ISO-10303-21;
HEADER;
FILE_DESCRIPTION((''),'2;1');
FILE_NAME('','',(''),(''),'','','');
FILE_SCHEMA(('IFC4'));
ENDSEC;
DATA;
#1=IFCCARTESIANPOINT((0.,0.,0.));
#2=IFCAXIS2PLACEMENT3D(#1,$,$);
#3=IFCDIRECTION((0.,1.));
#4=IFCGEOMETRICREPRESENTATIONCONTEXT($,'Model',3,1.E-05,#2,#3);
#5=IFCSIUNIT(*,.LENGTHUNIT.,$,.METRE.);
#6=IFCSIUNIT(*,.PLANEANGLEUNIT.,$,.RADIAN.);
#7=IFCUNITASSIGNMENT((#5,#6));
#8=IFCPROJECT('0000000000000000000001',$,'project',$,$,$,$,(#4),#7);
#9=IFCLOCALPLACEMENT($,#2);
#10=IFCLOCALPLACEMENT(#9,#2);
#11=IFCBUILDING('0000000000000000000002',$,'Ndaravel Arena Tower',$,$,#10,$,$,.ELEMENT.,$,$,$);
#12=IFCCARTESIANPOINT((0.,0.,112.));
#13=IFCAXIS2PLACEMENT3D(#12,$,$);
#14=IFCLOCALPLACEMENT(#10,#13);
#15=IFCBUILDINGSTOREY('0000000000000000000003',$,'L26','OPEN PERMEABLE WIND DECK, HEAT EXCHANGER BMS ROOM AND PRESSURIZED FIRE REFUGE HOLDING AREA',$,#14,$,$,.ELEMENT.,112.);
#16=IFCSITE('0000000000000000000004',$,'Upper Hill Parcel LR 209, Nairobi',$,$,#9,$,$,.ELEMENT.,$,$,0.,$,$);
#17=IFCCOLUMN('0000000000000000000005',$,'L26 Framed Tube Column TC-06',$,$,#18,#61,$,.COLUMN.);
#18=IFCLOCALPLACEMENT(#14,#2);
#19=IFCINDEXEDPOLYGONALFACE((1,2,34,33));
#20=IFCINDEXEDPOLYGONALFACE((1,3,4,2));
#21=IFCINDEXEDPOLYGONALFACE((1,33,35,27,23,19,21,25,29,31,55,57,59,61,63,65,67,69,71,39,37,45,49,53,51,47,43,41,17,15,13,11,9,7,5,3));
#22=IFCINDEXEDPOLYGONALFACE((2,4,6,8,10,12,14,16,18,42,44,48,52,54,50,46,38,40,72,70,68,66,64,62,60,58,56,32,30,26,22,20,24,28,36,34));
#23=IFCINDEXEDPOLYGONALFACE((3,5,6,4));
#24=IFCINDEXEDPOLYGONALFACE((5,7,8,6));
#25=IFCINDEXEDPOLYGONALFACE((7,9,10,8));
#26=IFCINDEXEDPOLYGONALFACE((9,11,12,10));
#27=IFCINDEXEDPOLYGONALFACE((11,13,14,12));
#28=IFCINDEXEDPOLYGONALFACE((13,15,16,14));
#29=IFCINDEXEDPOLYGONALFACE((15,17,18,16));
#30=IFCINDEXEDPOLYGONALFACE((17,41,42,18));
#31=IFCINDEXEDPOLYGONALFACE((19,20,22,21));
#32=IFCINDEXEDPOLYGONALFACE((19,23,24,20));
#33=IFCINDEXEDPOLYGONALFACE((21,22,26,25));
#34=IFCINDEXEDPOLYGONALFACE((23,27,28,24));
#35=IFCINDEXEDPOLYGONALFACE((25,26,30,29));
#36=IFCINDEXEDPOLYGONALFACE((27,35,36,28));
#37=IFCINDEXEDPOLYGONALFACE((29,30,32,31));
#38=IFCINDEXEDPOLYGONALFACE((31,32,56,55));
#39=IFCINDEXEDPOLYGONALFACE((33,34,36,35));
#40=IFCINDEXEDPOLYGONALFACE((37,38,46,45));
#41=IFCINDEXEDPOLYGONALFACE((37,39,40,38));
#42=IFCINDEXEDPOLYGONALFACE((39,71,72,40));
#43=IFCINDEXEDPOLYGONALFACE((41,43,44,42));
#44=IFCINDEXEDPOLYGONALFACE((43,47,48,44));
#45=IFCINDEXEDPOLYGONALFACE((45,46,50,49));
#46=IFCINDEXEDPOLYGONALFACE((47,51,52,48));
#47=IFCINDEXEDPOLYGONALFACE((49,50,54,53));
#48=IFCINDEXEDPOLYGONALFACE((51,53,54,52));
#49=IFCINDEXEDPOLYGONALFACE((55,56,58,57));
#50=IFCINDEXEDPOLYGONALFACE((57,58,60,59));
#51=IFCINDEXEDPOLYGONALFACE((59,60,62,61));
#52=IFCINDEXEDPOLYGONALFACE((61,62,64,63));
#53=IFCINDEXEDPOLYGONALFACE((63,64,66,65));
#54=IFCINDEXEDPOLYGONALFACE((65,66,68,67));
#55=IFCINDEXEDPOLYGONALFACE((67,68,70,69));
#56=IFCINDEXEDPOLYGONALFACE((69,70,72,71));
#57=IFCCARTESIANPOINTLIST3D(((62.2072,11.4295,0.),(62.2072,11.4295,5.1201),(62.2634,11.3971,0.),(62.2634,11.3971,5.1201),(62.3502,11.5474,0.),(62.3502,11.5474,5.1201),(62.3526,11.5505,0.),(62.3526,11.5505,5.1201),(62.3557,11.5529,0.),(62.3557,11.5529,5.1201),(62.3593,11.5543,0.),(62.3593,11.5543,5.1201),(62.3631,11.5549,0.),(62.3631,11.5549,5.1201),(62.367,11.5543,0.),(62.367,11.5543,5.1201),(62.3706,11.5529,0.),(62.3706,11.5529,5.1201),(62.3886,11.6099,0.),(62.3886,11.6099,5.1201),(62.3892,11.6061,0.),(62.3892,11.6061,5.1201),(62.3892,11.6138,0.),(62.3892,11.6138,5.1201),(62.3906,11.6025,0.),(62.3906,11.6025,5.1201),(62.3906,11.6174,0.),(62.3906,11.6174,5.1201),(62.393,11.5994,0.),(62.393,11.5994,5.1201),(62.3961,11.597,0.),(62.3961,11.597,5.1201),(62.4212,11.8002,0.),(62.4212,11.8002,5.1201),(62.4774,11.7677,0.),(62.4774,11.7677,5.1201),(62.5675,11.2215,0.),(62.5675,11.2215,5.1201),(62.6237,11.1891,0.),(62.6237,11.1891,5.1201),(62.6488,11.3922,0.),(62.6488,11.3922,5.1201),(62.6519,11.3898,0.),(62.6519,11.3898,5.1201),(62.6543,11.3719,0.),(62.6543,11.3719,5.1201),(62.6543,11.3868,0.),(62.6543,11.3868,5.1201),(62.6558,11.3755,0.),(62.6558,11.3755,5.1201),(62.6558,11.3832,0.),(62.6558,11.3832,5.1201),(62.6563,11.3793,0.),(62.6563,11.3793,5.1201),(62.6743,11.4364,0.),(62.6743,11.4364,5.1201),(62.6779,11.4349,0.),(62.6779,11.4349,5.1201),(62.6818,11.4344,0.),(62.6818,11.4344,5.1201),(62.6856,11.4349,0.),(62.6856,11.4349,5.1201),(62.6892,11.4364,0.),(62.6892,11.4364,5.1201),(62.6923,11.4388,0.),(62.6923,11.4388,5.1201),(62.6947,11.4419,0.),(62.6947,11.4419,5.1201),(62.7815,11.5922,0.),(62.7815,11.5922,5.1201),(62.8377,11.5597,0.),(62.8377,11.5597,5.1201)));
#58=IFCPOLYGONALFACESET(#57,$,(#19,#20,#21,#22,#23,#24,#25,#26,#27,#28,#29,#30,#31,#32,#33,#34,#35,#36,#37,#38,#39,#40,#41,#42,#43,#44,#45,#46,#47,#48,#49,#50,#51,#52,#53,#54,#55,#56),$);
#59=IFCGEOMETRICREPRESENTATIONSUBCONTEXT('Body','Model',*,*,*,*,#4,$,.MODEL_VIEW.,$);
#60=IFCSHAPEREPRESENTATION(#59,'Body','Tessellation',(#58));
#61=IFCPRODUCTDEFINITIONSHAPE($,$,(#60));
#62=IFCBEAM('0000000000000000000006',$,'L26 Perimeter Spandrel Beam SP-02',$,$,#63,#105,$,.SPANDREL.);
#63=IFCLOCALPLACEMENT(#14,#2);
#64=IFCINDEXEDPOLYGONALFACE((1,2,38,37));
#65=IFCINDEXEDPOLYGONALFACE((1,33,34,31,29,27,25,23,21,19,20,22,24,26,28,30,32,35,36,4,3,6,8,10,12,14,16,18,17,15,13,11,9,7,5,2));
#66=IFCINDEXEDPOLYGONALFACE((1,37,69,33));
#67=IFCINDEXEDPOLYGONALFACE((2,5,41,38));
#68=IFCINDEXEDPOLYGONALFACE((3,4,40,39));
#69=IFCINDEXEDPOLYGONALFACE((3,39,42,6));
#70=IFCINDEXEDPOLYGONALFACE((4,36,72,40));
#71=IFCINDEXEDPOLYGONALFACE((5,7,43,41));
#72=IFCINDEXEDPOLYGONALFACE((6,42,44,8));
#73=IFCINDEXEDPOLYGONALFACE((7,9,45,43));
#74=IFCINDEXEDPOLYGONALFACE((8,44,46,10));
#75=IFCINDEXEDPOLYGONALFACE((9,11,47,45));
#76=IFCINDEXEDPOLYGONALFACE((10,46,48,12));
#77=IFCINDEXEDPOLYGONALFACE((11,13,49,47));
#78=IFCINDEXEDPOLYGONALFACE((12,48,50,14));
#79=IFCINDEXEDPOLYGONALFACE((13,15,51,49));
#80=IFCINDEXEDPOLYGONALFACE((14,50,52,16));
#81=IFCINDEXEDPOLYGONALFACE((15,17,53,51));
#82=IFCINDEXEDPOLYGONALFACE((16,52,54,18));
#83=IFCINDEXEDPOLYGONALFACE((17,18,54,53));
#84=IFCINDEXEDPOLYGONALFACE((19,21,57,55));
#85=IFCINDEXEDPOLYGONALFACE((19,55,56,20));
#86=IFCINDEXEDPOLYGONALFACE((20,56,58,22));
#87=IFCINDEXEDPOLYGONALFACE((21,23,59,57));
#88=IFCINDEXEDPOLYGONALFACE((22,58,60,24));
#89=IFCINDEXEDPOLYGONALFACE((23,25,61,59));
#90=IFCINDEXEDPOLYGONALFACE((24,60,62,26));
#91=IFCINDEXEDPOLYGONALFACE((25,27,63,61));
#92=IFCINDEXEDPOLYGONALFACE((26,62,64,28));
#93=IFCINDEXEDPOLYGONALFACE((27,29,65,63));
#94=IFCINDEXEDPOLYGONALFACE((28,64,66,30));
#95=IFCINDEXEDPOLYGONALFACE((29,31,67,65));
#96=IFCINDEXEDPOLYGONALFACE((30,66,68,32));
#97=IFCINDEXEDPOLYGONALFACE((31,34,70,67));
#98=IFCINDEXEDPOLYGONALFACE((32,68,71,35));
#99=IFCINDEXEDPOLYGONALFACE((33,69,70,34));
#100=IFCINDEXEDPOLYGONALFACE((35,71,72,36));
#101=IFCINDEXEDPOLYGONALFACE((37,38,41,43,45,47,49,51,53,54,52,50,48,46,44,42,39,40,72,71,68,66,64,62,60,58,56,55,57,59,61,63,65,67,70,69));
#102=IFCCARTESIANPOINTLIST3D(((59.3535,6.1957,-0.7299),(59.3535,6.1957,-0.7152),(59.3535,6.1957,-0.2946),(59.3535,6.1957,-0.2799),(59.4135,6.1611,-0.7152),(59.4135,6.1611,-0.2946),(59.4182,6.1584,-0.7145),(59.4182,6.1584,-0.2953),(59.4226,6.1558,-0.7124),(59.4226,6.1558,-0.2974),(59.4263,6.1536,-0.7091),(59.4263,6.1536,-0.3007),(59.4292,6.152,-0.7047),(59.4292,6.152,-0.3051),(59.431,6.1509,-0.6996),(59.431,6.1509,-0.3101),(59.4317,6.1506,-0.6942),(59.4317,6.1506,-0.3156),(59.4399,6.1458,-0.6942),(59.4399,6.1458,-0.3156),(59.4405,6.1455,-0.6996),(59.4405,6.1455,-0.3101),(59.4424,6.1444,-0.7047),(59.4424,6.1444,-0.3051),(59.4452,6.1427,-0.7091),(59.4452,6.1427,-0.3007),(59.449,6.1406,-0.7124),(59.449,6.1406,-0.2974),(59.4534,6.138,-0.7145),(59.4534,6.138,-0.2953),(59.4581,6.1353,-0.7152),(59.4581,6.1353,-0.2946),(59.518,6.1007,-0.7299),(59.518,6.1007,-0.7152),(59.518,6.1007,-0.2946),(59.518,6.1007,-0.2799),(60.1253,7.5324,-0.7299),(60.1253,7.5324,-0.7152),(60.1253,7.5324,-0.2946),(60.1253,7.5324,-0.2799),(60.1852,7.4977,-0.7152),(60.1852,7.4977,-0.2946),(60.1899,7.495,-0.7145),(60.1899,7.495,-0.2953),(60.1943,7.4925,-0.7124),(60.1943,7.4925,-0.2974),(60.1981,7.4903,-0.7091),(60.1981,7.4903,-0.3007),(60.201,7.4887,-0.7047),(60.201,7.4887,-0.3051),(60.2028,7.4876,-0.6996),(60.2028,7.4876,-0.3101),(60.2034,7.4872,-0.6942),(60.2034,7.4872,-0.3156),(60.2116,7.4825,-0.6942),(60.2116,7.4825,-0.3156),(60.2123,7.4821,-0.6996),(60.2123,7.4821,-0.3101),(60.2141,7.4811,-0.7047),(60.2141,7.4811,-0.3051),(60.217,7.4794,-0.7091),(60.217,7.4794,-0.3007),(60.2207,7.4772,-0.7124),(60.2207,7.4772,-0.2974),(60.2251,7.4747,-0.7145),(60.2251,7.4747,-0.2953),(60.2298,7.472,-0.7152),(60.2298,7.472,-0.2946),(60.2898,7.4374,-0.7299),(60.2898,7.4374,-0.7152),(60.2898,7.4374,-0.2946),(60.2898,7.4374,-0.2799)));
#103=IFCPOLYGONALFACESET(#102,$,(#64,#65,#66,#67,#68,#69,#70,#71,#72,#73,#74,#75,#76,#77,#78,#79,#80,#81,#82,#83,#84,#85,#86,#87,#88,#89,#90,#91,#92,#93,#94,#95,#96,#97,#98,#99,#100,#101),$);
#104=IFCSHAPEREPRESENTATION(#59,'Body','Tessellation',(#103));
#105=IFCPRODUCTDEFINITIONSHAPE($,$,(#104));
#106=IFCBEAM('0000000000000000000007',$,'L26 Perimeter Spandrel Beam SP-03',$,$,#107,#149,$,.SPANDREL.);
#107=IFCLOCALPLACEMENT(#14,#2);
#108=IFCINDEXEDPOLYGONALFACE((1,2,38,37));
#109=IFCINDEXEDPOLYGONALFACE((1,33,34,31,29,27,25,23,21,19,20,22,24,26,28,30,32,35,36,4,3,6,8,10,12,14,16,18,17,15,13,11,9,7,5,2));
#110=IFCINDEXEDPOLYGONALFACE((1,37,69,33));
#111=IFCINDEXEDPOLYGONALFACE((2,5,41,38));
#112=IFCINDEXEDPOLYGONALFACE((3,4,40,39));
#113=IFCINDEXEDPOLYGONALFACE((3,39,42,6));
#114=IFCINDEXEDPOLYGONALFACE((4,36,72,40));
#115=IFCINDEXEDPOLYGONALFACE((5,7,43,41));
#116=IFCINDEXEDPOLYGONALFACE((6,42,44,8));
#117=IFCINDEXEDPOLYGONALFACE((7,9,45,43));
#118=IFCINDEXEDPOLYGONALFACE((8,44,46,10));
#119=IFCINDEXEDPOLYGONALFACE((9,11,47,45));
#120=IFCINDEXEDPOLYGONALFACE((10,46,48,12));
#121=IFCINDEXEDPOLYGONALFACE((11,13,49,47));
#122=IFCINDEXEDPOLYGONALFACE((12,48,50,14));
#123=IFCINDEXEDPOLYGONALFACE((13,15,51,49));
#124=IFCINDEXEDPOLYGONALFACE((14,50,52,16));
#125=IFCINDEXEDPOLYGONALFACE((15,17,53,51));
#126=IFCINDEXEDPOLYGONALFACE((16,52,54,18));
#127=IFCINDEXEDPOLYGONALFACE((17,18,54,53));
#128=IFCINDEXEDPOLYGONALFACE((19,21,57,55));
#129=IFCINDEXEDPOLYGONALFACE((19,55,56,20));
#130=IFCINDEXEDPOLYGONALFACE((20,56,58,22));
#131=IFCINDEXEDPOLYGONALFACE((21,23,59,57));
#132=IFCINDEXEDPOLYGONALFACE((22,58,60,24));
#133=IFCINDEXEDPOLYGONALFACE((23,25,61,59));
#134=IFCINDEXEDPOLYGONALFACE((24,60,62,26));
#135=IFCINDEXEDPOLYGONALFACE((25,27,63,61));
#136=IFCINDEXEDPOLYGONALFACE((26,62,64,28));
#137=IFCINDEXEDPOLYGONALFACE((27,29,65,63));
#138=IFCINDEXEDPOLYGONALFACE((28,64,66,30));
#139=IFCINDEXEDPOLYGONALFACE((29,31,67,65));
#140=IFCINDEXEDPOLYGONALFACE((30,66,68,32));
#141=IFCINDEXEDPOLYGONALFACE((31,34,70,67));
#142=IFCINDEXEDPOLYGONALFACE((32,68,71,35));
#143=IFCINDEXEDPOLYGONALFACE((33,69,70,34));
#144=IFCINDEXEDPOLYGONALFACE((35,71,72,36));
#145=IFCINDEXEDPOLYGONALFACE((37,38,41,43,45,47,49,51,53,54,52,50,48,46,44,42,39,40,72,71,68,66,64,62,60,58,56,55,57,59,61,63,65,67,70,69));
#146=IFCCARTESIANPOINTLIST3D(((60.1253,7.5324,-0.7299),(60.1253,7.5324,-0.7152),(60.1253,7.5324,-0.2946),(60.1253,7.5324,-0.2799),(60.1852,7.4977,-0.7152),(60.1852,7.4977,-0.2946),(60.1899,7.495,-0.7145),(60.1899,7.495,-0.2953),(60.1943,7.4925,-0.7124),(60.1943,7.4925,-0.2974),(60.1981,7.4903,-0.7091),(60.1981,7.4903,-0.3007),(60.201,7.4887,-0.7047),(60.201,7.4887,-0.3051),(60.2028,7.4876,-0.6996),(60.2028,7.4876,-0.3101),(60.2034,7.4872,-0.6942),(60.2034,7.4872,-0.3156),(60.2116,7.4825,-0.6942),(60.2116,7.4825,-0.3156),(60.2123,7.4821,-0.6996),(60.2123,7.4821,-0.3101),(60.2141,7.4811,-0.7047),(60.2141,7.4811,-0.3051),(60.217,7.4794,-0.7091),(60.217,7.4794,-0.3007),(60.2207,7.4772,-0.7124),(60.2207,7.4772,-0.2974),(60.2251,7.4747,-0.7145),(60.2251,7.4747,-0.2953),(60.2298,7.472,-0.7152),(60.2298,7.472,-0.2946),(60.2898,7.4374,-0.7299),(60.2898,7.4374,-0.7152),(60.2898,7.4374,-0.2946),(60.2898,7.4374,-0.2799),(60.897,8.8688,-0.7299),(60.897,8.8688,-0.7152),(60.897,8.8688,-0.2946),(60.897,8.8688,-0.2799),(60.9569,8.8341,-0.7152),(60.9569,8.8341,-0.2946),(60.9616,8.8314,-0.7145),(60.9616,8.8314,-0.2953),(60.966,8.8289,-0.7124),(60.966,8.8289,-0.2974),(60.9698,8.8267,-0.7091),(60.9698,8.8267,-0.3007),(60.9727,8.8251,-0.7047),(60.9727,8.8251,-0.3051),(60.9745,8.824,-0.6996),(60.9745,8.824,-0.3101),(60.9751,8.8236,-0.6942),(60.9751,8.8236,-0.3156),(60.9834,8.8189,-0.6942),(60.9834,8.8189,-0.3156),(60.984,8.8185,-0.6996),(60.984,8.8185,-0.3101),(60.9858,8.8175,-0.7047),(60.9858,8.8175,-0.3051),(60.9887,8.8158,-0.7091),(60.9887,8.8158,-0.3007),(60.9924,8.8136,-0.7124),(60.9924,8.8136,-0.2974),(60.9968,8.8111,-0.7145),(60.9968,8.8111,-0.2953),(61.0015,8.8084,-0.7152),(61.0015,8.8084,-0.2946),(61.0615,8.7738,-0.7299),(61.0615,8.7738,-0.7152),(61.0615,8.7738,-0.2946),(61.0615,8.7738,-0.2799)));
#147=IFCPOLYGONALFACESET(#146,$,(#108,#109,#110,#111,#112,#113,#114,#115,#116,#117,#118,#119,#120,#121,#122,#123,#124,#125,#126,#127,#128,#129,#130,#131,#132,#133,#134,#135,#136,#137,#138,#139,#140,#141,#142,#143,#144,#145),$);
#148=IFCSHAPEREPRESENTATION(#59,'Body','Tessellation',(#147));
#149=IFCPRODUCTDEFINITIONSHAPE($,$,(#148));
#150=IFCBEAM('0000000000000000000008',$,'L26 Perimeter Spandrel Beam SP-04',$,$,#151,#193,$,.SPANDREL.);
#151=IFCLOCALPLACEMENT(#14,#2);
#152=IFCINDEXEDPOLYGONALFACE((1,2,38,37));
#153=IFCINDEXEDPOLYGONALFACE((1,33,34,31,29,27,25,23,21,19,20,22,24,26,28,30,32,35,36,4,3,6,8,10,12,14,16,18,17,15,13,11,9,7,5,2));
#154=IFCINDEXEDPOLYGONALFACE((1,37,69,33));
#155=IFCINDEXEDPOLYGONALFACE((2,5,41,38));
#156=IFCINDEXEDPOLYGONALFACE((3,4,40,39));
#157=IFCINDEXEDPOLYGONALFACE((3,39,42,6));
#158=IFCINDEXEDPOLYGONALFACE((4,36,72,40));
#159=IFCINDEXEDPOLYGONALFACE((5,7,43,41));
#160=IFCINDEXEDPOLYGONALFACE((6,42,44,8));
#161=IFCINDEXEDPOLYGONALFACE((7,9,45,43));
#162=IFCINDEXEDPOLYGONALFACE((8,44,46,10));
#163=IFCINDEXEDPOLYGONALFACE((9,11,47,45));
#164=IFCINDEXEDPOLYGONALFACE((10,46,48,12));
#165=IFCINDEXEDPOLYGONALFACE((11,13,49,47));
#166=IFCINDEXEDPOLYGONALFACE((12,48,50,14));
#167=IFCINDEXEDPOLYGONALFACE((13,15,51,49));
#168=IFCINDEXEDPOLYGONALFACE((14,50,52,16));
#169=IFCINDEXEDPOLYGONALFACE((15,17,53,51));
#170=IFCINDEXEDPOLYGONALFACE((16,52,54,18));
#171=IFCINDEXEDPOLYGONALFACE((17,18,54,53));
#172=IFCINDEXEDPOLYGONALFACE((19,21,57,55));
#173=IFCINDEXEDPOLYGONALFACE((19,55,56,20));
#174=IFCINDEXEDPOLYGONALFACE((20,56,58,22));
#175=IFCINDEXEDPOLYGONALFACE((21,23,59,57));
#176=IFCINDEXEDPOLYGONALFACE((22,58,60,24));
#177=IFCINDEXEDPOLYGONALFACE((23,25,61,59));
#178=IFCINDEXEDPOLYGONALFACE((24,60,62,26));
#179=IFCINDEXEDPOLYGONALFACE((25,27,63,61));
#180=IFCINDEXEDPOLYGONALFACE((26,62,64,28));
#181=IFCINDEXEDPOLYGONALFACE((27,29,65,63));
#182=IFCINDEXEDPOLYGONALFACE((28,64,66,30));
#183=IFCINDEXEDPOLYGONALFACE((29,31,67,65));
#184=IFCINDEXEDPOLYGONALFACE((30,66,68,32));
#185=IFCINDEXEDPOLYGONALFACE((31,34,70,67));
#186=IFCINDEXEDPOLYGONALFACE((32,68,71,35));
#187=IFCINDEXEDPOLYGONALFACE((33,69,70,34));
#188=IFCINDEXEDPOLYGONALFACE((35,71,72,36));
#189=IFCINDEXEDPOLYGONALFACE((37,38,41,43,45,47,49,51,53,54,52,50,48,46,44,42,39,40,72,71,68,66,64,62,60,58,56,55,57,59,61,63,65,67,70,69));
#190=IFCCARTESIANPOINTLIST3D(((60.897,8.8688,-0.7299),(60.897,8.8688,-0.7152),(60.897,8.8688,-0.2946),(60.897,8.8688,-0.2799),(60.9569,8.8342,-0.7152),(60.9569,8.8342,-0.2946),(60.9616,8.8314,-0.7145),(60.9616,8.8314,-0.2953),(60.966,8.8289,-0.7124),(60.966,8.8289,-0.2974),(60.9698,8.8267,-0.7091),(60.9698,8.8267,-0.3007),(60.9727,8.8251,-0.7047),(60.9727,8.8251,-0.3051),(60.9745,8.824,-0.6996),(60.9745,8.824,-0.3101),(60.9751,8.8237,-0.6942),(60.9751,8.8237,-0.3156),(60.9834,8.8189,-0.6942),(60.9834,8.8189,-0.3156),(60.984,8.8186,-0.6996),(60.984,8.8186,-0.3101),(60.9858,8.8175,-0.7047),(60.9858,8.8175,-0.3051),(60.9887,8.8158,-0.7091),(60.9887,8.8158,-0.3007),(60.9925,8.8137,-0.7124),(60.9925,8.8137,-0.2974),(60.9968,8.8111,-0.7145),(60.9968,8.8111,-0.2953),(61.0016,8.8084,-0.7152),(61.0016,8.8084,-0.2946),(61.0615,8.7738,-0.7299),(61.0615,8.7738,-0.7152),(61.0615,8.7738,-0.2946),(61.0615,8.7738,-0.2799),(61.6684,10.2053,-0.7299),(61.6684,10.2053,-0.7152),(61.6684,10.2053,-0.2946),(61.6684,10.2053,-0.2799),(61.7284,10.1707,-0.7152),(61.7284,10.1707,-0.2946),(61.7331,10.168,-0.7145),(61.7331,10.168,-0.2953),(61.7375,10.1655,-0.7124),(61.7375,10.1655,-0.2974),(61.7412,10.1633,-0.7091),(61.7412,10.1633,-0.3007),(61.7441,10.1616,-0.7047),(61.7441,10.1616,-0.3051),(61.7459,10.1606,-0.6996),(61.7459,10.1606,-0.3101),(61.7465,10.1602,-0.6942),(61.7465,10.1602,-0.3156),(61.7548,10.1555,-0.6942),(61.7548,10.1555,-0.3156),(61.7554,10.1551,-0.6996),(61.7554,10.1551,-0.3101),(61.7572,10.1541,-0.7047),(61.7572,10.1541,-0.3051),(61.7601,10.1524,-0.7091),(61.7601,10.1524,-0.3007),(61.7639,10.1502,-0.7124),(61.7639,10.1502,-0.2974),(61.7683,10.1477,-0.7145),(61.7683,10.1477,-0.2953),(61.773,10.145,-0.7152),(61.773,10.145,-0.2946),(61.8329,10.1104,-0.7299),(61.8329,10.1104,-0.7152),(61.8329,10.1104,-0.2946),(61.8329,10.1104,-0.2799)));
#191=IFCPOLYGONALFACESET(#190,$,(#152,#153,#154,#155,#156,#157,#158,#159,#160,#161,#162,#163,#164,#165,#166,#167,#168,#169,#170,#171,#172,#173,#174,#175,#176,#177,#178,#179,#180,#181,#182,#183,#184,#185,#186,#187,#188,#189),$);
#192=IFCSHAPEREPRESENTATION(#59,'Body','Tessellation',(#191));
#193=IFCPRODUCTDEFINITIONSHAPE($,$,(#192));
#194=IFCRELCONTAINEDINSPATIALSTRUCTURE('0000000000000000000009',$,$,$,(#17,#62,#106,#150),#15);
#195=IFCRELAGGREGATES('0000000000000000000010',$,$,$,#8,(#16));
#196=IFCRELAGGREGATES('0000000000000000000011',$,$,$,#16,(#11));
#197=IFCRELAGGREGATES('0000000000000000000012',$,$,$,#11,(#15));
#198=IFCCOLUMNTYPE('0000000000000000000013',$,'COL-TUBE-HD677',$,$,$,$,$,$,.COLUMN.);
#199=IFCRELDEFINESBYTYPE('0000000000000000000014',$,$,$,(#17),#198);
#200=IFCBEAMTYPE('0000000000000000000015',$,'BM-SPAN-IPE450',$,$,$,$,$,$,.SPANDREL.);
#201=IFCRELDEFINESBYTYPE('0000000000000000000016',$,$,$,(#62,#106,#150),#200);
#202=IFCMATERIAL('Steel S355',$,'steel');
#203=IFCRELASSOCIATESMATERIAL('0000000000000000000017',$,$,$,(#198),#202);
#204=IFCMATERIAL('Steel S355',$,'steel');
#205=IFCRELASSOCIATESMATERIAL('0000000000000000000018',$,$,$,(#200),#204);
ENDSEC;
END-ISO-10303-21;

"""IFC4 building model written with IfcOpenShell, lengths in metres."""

from ifc_helpers import new_model, si_unit, direction, frame, origin, origin_2d, place, context, subcontext, project, spatial, i_section, extrude, material, material_profile, profile_set, type_object, element, save


model = new_model("IFC4")

# Units and contexts
model_context = context("Model", 3, precision=1e-05, world=origin(), true_north=direction((0.0, 1.0)))
body_context = subcontext(model_context, "Body", "Model", "MODEL_VIEW")
ifc_project = project(units=[si_unit("LENGTHUNIT", "METRE"), si_unit("PLANEANGLEUNIT", "RADIAN")], contexts=[model_context])

# Site, building, storey
site_placement = place(None, origin())
site = spatial("IfcSite", under=ifc_project, at=site_placement, Name="Upper Hill Parcel LR 209, Nairobi", CompositionType="ELEMENT", RefElevation=0.0)
building_placement = place(site_placement, origin())
building = spatial("IfcBuilding", under=site, at=building_placement, Name="Ndaravel Arena Tower", CompositionType="ELEMENT")
storey_placement = place(building_placement, frame((0.0, 0.0, 112.0)))
storey = spatial("IfcBuildingStorey", under=building, at=storey_placement, Name="L26", Description="OPEN PERMEABLE WIND DECK, HEAT EXCHANGER BMS ROOM AND PRESSURIZED FIRE REFUGE HOLDING AREA", CompositionType="ELEMENT", Elevation=112.0)

# Column
ifc_material_1 = material(Name="Steel S355", Category="steel")
ifc_material_profile_1 = material_profile(ifc_material_1, i_section(OverallWidth=0.428, OverallDepth=0.481, WebThickness=0.051, FlangeThickness=0.0649, FilletRadius=0.0149, at=origin_2d()), Name="HD 400x677")
ifc_profile_set_1 = profile_set([ifc_material_profile_1], Name="Steel S355")
column_type = type_object("IfcColumnType", Name="COL-TUBE-HD677", PredefinedType="COLUMN", material=ifc_profile_set_1)
for number, where, z_axis, x_axis, name in (
    (1, (62.5225, 11.4946, 0.0), (0.0, 0.0, 1.0), (0.5, 0.866025, 0.0), "L26 Framed Tube Column TC-06"),
):
    element("IfcColumn", number, at=place(storey_placement, frame(where, z_axis=z_axis, x_axis=x_axis)), inside=storey, type_object=column_type, Name=name, PredefinedType="COLUMN", context=body_context, shape_type="SweptSolid", body=[
        extrude(i_section(OverallWidth=0.428, OverallDepth=0.481, WebThickness=0.051, FlangeThickness=0.0649, FilletRadius=0.0149, at=origin_2d()), origin(), (0.0, 0.0, 1.0), 5.1201),
    ])

# Beams
ifc_material_2 = material(Name="Steel S355", Category="steel")
ifc_material_profile_2 = material_profile(ifc_material_2, i_section(OverallWidth=0.1899, OverallDepth=0.45, WebThickness=0.0095, FlangeThickness=0.0146, FilletRadius=0.021, at=origin_2d()), Name="IPE 450")
ifc_profile_set_2 = profile_set([ifc_material_profile_2], Name="Steel S355")
beam_type = type_object("IfcBeamType", Name="BM-SPAN-IPE450", PredefinedType="SPANDREL", material=ifc_profile_set_2)
beam_placement = place(storey_placement, frame((59.4358, 6.1482, -0.5049), z_axis=(0.500001, 0.866025, 0.0), x_axis=(-0.866025, 0.500001, 0.0)))
element("IfcBeam", 2, at=beam_placement, inside=storey, type_object=beam_type, Name="L26 Perimeter Spandrel Beam SP-02", PredefinedType="SPANDREL", context=body_context, shape_type="SweptSolid", body=[
    extrude(i_section(OverallWidth=0.1899, OverallDepth=0.45, WebThickness=0.0095, FlangeThickness=0.0146, FilletRadius=0.021, at=origin_2d()), origin(), (0.0, 0.0, 1.0), 1.5435),
])
for number, where, z_axis, x_axis, name in (
    (3, (60.2075, 7.4849, -0.5049), (0.500069, 0.865985, 0.0), (-0.865985, 0.500069, 0.0), "L26 Perimeter Spandrel Beam SP-03"),
    (4, (60.9792, 8.8213, -0.5049), (0.499882, 0.866093, 0.0), (-0.866093, 0.499882, 0.0), "L26 Perimeter Spandrel Beam SP-04"),
):
    element("IfcBeam", number, at=place(storey_placement, frame(where, z_axis=z_axis, x_axis=x_axis)), inside=storey, type_object=beam_type, Name=name, PredefinedType="SPANDREL", context=body_context, shape_type="SweptSolid", body=[
        extrude(i_section(OverallWidth=0.1899, OverallDepth=0.45, WebThickness=0.0095, FlangeThickness=0.0146, FilletRadius=0.021, at=origin_2d()), origin(), (0.0, 0.0, 1.0), 1.5432),
    ])

save(model, "model.ifc")
